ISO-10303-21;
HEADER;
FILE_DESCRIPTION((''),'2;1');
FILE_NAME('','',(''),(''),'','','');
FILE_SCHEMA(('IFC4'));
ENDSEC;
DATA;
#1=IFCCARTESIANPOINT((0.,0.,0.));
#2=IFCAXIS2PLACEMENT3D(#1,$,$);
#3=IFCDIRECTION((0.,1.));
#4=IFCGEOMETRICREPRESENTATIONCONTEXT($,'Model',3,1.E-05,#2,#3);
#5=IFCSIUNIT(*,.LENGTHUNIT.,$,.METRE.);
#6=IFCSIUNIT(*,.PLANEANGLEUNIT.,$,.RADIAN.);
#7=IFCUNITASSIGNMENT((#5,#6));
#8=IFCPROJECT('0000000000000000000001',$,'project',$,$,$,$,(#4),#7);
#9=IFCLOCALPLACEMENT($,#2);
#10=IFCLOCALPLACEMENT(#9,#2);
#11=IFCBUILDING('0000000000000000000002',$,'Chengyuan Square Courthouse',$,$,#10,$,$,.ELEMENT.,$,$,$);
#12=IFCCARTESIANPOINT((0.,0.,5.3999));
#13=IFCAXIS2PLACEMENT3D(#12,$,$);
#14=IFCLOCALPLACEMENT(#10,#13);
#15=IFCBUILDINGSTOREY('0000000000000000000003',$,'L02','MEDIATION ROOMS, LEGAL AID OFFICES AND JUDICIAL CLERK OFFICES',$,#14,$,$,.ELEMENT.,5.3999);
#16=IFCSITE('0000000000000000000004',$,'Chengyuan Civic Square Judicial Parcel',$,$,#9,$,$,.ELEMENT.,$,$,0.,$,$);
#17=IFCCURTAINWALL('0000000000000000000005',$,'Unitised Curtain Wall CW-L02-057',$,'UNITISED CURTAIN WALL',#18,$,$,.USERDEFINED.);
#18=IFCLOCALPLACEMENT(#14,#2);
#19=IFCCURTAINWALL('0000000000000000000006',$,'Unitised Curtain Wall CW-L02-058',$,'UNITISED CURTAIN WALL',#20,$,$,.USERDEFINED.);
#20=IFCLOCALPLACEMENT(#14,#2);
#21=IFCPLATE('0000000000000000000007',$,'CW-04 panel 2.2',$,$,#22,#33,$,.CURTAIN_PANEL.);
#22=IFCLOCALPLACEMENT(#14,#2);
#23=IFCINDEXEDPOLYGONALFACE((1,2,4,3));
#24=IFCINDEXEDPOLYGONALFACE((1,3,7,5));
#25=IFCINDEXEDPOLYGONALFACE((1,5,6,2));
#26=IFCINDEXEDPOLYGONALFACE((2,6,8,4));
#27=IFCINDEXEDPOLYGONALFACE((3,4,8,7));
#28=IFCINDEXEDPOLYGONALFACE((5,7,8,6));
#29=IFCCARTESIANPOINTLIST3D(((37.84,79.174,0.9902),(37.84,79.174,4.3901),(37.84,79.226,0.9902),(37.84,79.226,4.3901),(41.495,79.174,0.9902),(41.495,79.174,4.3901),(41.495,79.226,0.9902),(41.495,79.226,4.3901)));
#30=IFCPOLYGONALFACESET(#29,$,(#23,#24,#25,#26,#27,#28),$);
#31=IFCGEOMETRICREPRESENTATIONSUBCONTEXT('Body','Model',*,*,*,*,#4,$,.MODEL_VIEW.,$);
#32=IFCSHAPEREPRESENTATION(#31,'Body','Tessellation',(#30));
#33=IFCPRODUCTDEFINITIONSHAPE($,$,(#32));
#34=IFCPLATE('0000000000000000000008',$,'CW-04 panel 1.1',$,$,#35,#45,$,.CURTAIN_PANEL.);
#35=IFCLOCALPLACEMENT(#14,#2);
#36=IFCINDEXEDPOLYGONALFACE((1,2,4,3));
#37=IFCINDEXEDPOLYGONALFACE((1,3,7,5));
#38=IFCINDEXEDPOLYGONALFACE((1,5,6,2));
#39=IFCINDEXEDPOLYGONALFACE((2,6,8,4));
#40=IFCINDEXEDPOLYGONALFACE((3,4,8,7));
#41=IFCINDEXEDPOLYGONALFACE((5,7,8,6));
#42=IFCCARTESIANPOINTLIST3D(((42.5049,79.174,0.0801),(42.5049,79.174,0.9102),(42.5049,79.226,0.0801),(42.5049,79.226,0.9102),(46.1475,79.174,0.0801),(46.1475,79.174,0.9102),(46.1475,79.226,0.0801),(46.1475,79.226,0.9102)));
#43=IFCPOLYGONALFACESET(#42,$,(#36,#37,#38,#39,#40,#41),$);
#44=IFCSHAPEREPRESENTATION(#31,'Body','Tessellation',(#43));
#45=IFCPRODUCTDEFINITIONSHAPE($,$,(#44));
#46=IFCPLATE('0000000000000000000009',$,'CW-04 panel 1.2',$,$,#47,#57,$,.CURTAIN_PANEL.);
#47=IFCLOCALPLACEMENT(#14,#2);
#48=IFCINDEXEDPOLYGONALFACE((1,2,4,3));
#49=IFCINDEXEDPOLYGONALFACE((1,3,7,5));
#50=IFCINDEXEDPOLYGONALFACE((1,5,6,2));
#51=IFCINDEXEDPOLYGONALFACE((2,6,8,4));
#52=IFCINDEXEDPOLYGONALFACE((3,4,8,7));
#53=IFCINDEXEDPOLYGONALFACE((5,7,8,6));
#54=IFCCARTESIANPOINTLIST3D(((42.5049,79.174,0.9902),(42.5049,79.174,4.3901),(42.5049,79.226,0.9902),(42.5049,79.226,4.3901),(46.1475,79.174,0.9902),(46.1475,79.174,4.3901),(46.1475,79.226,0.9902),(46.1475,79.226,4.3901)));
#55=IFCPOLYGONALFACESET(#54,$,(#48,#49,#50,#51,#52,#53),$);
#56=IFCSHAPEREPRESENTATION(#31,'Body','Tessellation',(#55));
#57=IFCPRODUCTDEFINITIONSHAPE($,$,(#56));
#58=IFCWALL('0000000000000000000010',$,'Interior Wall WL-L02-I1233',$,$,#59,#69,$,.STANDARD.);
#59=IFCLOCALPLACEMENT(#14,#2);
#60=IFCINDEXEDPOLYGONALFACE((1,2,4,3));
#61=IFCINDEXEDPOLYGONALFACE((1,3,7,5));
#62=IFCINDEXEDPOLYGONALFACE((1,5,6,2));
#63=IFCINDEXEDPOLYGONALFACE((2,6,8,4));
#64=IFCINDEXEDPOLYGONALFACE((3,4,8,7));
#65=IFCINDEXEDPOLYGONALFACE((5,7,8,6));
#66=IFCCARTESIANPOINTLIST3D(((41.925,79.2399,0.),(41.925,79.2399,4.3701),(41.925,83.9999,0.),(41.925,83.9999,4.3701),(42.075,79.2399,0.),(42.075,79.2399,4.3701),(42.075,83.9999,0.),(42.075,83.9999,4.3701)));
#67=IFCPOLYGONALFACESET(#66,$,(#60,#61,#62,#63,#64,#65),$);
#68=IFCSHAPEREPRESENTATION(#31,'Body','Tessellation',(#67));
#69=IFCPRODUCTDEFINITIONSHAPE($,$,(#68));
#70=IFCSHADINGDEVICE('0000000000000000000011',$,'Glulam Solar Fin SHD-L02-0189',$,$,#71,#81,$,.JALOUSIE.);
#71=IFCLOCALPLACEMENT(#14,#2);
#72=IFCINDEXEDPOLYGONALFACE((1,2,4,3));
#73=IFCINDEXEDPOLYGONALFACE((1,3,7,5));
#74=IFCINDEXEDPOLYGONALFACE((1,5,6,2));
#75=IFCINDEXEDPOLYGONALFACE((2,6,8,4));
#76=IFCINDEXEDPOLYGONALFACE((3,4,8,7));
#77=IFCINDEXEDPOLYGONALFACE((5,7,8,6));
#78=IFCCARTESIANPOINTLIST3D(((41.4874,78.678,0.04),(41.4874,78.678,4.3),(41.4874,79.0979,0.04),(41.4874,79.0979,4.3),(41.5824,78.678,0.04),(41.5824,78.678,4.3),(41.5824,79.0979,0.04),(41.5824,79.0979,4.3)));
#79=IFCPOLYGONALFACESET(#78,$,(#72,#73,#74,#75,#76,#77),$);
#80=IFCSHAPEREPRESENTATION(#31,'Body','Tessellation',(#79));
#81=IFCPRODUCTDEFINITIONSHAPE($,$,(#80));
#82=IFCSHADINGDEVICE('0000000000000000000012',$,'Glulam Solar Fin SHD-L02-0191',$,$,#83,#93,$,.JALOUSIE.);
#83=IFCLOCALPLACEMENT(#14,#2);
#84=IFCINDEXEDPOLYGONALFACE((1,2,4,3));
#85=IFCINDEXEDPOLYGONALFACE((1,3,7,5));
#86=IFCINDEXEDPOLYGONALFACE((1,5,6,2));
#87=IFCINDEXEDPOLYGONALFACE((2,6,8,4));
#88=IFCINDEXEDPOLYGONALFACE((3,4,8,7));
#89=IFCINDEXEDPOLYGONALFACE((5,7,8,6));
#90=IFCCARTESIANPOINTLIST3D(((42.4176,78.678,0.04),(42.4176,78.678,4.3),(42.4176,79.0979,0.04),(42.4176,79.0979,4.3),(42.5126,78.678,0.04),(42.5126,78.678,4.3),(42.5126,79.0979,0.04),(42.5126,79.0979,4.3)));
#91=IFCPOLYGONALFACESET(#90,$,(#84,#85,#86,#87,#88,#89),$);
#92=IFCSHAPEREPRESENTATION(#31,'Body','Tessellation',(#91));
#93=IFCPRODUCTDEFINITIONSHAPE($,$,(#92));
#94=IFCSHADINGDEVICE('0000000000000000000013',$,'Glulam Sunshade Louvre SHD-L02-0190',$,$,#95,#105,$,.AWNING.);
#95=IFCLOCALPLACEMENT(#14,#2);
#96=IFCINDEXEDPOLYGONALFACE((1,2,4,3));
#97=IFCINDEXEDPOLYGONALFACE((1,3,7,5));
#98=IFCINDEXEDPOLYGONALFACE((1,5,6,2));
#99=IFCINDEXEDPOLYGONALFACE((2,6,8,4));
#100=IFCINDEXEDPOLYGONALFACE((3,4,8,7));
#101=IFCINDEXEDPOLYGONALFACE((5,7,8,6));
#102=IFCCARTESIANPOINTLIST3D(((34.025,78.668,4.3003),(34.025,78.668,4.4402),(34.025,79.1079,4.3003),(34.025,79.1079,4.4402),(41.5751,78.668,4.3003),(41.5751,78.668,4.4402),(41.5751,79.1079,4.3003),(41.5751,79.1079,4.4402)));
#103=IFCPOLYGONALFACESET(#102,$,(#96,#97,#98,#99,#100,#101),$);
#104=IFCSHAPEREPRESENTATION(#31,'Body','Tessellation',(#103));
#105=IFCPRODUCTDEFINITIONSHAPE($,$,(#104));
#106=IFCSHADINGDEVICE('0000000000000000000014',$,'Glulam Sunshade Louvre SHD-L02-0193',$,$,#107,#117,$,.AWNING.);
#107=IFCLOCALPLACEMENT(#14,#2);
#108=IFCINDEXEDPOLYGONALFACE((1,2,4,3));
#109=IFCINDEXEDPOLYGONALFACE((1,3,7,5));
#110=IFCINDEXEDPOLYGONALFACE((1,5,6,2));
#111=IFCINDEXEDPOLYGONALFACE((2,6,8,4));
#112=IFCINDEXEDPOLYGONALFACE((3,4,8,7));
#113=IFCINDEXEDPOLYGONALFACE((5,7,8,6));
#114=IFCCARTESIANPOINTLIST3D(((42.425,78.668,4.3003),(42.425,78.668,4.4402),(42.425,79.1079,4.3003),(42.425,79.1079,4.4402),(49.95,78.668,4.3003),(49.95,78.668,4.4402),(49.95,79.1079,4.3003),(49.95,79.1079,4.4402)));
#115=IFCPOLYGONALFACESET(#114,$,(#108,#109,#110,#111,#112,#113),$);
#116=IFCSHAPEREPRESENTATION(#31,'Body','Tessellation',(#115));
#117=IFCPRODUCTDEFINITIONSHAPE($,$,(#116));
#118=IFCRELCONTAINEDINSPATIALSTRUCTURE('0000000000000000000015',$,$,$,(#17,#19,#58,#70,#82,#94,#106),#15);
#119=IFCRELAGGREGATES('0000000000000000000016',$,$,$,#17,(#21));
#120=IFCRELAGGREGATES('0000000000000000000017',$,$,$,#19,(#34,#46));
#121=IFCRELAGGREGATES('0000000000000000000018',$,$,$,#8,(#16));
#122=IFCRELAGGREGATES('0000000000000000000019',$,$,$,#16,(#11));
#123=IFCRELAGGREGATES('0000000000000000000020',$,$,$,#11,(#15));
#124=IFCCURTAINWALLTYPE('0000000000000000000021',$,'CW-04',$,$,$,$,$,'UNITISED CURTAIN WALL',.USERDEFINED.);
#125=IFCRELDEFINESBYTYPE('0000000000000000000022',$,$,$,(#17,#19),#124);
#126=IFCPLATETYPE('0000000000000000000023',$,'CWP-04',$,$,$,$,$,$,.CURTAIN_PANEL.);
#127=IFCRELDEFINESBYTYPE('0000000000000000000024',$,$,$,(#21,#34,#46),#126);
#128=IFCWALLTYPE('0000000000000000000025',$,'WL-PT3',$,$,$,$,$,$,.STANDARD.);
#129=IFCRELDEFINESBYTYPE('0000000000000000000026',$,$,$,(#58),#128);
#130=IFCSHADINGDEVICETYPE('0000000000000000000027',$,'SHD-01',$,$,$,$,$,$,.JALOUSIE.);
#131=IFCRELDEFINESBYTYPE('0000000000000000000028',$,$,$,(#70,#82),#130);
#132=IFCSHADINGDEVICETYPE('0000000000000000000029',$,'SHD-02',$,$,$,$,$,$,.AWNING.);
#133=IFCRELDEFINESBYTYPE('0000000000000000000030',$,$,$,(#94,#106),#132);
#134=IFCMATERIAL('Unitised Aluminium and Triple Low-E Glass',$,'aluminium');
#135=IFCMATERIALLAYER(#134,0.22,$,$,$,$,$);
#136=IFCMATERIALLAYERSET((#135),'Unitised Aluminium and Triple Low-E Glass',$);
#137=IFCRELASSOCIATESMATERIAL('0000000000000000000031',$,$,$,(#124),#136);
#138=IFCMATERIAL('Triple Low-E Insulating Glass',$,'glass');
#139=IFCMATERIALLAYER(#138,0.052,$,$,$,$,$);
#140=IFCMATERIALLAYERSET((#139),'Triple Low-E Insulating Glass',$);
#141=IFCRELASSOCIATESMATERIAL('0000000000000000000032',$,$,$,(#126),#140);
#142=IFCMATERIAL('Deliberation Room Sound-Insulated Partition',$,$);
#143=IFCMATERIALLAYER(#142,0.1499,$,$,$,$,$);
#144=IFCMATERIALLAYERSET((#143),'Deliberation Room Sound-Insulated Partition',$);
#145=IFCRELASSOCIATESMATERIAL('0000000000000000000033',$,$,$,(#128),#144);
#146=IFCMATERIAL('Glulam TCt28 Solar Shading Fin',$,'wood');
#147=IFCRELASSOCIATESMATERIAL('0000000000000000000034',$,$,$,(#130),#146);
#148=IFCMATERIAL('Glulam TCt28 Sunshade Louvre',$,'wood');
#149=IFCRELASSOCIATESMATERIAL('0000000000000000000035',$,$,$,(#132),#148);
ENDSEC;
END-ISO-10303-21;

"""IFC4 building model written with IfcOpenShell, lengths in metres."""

from ifc_helpers import new_model, si_unit, direction, frame, frame_2d, origin, origin_2d, place, context, subcontext, project, spatial, rectangle, extrude, material, layer, layer_set, type_object, element, aggregate, save


model = new_model("IFC4")

# Units and contexts
model_context = context("Model", 3, precision=1e-05, world=origin(), true_north=direction((0.0, 1.0)))
body_context = subcontext(model_context, "Body", "Model", "MODEL_VIEW")
ifc_project = project(units=[si_unit("LENGTHUNIT", "METRE"), si_unit("PLANEANGLEUNIT", "RADIAN")], contexts=[model_context])

# Site, building, storey
site_placement = place(None, origin())
site = spatial("IfcSite", under=ifc_project, at=site_placement, Name="Chengyuan Civic Square Judicial Parcel", CompositionType="ELEMENT", RefElevation=0.0)
building_placement = place(site_placement, origin())
building = spatial("IfcBuilding", under=site, at=building_placement, Name="Chengyuan Square Courthouse", CompositionType="ELEMENT")
storey_placement = place(building_placement, frame((0.0, 0.0, 5.3999)))
storey = spatial("IfcBuildingStorey", under=building, at=storey_placement, Name="L02", Description="MEDIATION ROOMS, LEGAL AID OFFICES AND JUDICIAL CLERK OFFICES", CompositionType="ELEMENT", Elevation=5.3999)

# Curtain walls
ifc_material_1 = material(Name="Unitised Aluminium and Triple Low-E Glass", Category="aluminium")
ifc_layer_1 = layer(ifc_material_1, 0.22)
ifc_layer_set_1 = layer_set([ifc_layer_1], Name="Unitised Aluminium and Triple Low-E Glass")
curtain_wall_type = type_object("IfcCurtainWallType", Name="CW-04", ElementType="UNITISED CURTAIN WALL", PredefinedType="USERDEFINED", material=ifc_layer_set_1)
curtain_wall_1_placement = place(storey_placement, origin())
curtain_wall_1 = element("IfcCurtainWall", 1, at=curtain_wall_1_placement, inside=storey, type_object=curtain_wall_type, Name="Unitised Curtain Wall CW-L02-057", ObjectType="UNITISED CURTAIN WALL", PredefinedType="USERDEFINED")
curtain_wall_2_placement = place(storey_placement, origin())
curtain_wall_2 = element("IfcCurtainWall", 2, at=curtain_wall_2_placement, inside=storey, type_object=curtain_wall_type, Name="Unitised Curtain Wall CW-L02-058", ObjectType="UNITISED CURTAIN WALL", PredefinedType="USERDEFINED")

# Plates
ifc_material_2 = material(Name="Triple Low-E Insulating Glass", Category="glass")
ifc_layer_2 = layer(ifc_material_2, 0.052)
ifc_layer_set_2 = layer_set([ifc_layer_2], Name="Triple Low-E Insulating Glass")
plate_type = type_object("IfcPlateType", Name="CWP-04", PredefinedType="CURTAIN_PANEL", material=ifc_layer_set_2)
plate_1_placement = place(storey_placement, frame((39.6675, 79.2, 0.9902), z_axis=(0.0, 0.0, 1.0), x_axis=(1.0, 0.0, 0.0)))
plate_1 = element("IfcPlate", 3, at=plate_1_placement, type_object=plate_type, Name="CW-04 panel 2.2", PredefinedType="CURTAIN_PANEL", context=body_context, shape_type="SweptSolid", body=[
    extrude(rectangle(XDim=3.655, YDim=0.052, at=origin_2d()), origin(), (0.0, 0.0, 1.0), 3.3999),
])
aggregate(curtain_wall_1, [plate_1])
plate_2_placement = place(storey_placement, frame((44.3262, 79.2, 0.0801), z_axis=(0.0, 0.0, 1.0), x_axis=(1.0, 0.0, 0.0)))
plate_2 = element("IfcPlate", 4, at=plate_2_placement, type_object=plate_type, Name="CW-04 panel 1.1", PredefinedType="CURTAIN_PANEL", context=body_context, shape_type="SweptSolid", body=[
    extrude(rectangle(XDim=3.6426, YDim=0.052, at=origin_2d()), origin(), (0.0, 0.0, 1.0), 0.8301),
])
plate_3_placement = place(storey_placement, frame((44.3262, 79.2, 0.9902), z_axis=(0.0, 0.0, 1.0), x_axis=(1.0, 0.0, 0.0)))
plate_3 = element("IfcPlate", 5, at=plate_3_placement, type_object=plate_type, Name="CW-04 panel 1.2", PredefinedType="CURTAIN_PANEL", context=body_context, shape_type="SweptSolid", body=[
    extrude(rectangle(XDim=3.6426, YDim=0.052, at=origin_2d()), origin(), (0.0, 0.0, 1.0), 3.3999),
])
aggregate(curtain_wall_2, [plate_2, plate_3])

# Wall
ifc_material_3 = material(Name="Deliberation Room Sound-Insulated Partition")
ifc_layer_3 = layer(ifc_material_3, 0.1499)
ifc_layer_set_3 = layer_set([ifc_layer_3], Name="Deliberation Room Sound-Insulated Partition")
wall_type = type_object("IfcWallType", Name="WL-PT3", PredefinedType="STANDARD", material=ifc_layer_set_3)
wall_placement = place(storey_placement, frame((42.0, 79.24, 0.0), z_axis=(0.0, 0.0, 1.0), x_axis=(0.0, 1.0, 0.0)))
element("IfcWall", 6, at=wall_placement, inside=storey, type_object=wall_type, Name="Interior Wall WL-L02-I1233", PredefinedType="STANDARD", context=body_context, shape_type="SweptSolid", body=[
    extrude(rectangle(XDim=4.76, YDim=0.1499, at=frame_2d((2.3799, 0.0))), origin(), (0.0, 0.0, 1.0), 4.3701),
])

# Shading devices
ifc_material_4 = material(Name="Glulam TCt28 Solar Shading Fin", Category="wood")
shading_device_type_1 = type_object("IfcShadingDeviceType", Name="SHD-01", PredefinedType="JALOUSIE", material=ifc_material_4)
for number, where, z_axis, x_axis, name in (
    (7, (41.5349, 78.8879, 0.04), (0.0, 0.0, 1.0), (0.0, 1.0, 0.0), "Glulam Solar Fin SHD-L02-0189"),
    (8, (42.4651, 78.8879, 0.04), (0.0, 0.0, 1.0), (0.0, 1.0, 0.0), "Glulam Solar Fin SHD-L02-0191"),
):
    element("IfcShadingDevice", number, at=place(storey_placement, frame(where, z_axis=z_axis, x_axis=x_axis)), inside=storey, type_object=shading_device_type_1, Name=name, PredefinedType="JALOUSIE", context=body_context, shape_type="SweptSolid", body=[
        extrude(rectangle(XDim=0.4199, YDim=0.095, at=origin_2d()), origin(), (0.0, 0.0, 1.0), 4.26),
    ])
ifc_material_5 = material(Name="Glulam TCt28 Sunshade Louvre", Category="wood")
shading_device_type_2 = type_object("IfcShadingDeviceType", Name="SHD-02", PredefinedType="AWNING", material=ifc_material_5)
shading_device_1_placement = place(storey_placement, frame((37.8, 78.8879, 4.3003), z_axis=(0.0, 0.0, 1.0), x_axis=(1.0, 0.0, 0.0)))
element("IfcShadingDevice", 9, at=shading_device_1_placement, inside=storey, type_object=shading_device_type_2, Name="Glulam Sunshade Louvre SHD-L02-0190", PredefinedType="AWNING", context=body_context, shape_type="SweptSolid", body=[
    extrude(rectangle(XDim=7.55, YDim=0.4399, at=origin_2d()), origin(), (0.0, 0.0, 1.0), 0.1399),
])
shading_device_2_placement = place(storey_placement, frame((46.1875, 78.8879, 4.3003), z_axis=(0.0, 0.0, 1.0), x_axis=(1.0, 0.0, 0.0)))
element("IfcShadingDevice", 10, at=shading_device_2_placement, inside=storey, type_object=shading_device_type_2, Name="Glulam Sunshade Louvre SHD-L02-0193", PredefinedType="AWNING", context=body_context, shape_type="SweptSolid", body=[
    extrude(rectangle(XDim=7.5249, YDim=0.4399, at=origin_2d()), origin(), (0.0, 0.0, 1.0), 0.1399),
])

save(model, "model.ifc")
